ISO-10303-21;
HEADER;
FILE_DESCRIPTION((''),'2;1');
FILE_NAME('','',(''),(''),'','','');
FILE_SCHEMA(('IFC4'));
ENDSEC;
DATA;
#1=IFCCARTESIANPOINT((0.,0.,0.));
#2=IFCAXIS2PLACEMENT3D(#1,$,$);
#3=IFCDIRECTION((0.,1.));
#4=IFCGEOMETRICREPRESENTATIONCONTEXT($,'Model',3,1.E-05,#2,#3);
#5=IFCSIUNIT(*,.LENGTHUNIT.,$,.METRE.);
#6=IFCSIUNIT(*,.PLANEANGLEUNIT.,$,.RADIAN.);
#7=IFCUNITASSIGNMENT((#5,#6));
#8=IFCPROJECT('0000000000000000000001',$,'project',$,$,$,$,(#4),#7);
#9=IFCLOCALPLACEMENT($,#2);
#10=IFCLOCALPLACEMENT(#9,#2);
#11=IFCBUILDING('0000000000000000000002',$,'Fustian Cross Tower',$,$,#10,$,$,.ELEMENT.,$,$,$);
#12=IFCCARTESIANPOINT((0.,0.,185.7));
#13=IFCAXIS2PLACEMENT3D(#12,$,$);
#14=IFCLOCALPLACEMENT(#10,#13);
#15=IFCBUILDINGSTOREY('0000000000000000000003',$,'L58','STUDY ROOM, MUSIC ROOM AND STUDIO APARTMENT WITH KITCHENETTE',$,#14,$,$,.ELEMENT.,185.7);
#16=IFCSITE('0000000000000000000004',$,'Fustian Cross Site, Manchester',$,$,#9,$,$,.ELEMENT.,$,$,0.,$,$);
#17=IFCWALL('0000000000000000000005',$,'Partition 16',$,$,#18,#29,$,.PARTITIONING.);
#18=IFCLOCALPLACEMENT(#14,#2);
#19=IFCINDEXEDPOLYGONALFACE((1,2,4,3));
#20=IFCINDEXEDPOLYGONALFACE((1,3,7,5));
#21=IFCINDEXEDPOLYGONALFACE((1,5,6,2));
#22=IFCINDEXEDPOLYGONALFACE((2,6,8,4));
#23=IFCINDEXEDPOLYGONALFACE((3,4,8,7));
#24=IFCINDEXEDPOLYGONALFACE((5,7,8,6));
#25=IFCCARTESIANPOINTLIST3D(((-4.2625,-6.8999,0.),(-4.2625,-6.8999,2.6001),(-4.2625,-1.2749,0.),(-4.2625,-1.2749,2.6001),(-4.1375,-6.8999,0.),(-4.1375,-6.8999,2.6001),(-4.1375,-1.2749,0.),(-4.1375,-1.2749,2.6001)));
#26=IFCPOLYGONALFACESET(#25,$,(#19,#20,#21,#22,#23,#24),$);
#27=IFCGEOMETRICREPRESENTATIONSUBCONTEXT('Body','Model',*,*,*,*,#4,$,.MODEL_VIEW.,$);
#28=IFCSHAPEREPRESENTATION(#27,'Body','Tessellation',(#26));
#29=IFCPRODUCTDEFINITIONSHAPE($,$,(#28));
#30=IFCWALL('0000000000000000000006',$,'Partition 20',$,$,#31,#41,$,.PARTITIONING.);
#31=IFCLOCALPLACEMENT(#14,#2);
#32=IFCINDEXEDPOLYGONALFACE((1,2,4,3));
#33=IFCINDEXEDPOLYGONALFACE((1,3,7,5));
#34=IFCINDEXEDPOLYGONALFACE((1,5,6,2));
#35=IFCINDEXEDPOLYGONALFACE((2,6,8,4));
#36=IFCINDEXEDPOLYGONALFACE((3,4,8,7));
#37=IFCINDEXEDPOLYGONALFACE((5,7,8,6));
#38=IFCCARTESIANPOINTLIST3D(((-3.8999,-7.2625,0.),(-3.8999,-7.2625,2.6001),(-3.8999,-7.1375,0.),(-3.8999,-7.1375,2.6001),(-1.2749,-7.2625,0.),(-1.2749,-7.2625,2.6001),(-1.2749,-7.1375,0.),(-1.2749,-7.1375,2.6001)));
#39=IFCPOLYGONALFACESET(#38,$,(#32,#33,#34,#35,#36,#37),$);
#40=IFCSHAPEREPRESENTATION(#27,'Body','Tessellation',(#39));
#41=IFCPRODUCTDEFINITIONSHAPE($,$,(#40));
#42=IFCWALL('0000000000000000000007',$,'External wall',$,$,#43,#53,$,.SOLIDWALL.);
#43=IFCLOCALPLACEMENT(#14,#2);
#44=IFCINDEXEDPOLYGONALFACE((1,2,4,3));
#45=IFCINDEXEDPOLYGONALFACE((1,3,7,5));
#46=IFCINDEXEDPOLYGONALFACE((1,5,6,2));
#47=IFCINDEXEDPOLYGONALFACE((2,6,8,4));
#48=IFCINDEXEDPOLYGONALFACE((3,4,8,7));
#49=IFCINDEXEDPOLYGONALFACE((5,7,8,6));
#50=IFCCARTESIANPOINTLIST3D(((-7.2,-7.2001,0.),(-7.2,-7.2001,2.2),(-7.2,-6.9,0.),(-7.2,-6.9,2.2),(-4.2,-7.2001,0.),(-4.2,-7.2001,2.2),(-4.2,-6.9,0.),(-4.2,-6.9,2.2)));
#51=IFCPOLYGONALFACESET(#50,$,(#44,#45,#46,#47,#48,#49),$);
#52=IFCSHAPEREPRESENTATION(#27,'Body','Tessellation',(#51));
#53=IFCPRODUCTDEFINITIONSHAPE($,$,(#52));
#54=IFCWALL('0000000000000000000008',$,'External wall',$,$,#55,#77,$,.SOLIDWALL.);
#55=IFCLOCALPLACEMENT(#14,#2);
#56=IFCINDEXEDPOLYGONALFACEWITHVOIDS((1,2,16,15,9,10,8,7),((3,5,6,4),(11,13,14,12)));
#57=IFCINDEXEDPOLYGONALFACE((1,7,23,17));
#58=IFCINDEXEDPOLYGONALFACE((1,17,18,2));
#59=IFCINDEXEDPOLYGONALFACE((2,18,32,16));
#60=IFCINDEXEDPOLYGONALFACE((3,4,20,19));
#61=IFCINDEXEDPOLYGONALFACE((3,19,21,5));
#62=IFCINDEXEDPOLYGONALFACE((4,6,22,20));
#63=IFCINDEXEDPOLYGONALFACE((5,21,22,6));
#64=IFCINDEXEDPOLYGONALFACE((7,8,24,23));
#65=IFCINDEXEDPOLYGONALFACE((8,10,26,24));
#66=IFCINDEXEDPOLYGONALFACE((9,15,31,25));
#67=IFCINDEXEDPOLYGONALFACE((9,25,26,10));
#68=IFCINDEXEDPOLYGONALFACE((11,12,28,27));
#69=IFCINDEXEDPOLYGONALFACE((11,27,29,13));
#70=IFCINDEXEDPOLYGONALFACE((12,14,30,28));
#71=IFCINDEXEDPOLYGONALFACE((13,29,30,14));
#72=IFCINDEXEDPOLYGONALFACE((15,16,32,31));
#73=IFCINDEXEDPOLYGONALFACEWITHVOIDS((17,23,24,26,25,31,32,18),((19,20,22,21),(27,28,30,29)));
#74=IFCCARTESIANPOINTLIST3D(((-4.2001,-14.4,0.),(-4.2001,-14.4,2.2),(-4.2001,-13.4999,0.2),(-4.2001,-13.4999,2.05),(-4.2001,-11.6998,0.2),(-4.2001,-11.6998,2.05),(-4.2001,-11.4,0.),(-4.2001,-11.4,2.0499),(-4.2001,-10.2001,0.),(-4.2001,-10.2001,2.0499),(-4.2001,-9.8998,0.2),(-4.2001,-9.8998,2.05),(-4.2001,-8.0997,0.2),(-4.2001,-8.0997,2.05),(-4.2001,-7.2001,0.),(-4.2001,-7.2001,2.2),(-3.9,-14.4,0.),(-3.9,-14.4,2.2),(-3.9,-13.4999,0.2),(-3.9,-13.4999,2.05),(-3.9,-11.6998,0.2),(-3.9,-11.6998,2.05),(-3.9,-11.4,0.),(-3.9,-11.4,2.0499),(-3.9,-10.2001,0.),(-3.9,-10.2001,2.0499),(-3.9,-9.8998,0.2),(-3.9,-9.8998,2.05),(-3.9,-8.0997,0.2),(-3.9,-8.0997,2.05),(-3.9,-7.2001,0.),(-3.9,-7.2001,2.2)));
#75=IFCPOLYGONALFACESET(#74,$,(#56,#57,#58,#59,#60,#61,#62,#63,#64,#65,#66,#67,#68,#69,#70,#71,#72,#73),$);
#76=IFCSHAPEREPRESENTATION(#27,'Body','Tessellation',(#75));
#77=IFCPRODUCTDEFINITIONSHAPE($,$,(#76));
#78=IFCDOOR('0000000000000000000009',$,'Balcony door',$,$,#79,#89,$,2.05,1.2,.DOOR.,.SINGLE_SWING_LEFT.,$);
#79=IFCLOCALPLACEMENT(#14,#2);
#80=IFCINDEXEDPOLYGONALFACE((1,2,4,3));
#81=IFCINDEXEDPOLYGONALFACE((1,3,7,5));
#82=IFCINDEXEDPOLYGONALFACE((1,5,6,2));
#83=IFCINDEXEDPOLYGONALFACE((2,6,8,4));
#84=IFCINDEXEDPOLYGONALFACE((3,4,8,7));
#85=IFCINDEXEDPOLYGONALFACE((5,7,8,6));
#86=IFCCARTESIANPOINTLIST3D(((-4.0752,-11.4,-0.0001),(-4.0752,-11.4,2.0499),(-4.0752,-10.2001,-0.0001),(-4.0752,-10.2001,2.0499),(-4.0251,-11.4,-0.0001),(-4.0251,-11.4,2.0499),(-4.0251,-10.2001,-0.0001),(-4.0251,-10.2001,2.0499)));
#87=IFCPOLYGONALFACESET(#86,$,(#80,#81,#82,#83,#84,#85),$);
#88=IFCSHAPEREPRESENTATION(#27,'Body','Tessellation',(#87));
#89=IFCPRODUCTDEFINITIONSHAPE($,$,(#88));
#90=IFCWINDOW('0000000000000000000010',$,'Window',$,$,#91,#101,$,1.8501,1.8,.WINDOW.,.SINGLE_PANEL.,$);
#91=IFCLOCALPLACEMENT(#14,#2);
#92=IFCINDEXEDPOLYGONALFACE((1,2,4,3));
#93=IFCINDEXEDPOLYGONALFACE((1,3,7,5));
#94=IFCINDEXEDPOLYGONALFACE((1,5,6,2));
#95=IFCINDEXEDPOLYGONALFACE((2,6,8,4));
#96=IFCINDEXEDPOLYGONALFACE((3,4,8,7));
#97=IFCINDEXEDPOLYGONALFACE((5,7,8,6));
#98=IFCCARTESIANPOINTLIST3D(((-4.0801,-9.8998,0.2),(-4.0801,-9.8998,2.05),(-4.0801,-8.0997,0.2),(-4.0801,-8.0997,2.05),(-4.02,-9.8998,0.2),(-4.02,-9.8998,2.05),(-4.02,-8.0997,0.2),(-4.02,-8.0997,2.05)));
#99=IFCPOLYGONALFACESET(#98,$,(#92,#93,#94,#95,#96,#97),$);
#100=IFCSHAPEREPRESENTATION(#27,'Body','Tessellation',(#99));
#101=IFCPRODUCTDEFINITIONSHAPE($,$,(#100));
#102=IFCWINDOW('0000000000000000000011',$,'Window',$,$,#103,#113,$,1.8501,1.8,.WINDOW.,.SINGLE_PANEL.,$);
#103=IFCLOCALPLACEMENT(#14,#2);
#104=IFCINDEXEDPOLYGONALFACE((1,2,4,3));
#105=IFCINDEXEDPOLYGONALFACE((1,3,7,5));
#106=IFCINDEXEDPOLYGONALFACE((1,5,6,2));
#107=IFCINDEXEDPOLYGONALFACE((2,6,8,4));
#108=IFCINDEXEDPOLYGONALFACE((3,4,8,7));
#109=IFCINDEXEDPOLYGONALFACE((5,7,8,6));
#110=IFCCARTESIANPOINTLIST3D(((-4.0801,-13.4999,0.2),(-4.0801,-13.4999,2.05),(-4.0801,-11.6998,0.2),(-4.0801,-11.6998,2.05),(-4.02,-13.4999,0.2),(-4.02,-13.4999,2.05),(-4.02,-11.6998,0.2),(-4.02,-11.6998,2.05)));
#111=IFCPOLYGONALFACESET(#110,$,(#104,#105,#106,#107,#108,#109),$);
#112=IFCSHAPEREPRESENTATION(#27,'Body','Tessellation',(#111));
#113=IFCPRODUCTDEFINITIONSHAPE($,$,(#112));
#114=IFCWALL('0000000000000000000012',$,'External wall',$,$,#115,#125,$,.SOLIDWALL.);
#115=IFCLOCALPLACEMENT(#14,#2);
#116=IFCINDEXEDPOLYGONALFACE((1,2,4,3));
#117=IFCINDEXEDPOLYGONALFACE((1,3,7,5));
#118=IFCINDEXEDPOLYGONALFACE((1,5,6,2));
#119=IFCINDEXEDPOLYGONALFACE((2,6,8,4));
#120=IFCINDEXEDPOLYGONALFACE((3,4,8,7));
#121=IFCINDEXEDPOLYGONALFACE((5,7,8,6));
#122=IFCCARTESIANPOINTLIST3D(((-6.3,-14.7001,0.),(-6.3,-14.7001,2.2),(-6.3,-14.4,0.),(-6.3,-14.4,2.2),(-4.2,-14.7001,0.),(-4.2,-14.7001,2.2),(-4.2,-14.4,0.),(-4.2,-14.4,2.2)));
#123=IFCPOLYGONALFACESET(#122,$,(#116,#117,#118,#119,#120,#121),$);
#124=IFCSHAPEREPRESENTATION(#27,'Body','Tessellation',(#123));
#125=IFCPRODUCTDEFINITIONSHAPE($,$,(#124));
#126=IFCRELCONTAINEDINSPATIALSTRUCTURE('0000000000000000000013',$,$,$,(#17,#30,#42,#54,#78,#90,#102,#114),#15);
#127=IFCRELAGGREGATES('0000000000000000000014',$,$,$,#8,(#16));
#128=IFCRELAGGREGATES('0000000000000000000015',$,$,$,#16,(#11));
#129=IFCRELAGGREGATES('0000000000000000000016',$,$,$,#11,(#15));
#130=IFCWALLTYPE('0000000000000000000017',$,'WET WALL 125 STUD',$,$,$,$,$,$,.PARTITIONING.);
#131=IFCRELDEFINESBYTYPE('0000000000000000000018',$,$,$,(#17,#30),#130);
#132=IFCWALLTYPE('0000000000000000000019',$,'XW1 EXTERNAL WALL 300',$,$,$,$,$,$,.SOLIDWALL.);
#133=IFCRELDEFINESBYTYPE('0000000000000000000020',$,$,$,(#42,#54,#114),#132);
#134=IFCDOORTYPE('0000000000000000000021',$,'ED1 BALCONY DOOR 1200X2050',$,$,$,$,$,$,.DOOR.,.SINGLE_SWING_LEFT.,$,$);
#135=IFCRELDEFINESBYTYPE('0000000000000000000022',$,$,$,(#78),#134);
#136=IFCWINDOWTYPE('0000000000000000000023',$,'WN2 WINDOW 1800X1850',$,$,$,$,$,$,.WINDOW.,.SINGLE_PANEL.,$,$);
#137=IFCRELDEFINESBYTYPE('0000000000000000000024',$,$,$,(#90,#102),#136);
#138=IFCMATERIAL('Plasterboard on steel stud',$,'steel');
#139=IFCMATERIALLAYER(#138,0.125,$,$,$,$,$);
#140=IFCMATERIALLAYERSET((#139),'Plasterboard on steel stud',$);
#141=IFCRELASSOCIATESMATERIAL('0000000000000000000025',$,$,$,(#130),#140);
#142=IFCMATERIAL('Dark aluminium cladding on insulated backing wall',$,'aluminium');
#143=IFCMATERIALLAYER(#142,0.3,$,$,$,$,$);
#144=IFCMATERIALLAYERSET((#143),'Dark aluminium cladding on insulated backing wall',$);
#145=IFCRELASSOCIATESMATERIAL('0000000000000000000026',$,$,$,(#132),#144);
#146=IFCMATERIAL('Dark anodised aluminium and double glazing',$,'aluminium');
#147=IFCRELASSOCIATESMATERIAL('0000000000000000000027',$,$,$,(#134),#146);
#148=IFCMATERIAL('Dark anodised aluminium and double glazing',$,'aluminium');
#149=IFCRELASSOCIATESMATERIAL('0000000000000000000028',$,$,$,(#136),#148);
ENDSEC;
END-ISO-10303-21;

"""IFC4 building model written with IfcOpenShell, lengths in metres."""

from ifc_helpers import new_model, si_unit, direction, frame, frame_2d, origin, place, context, subcontext, project, spatial, rectangle, extrude, material, layer, layer_set, type_object, element, fill, save


model = new_model("IFC4")

# Units and contexts
model_context = context("Model", 3, precision=1e-05, world=origin(), true_north=direction((0.0, 1.0)))
body_context = subcontext(model_context, "Body", "Model", "MODEL_VIEW")
ifc_project = project(units=[si_unit("LENGTHUNIT", "METRE"), si_unit("PLANEANGLEUNIT", "RADIAN")], contexts=[model_context])

# Site, building, storey
site_placement = place(None, origin())
site = spatial("IfcSite", under=ifc_project, at=site_placement, Name="Fustian Cross Site, Manchester", CompositionType="ELEMENT", RefElevation=0.0)
building_placement = place(site_placement, origin())
building = spatial("IfcBuilding", under=site, at=building_placement, Name="Fustian Cross Tower", CompositionType="ELEMENT")
storey_placement = place(building_placement, frame((0.0, 0.0, 185.7)))
storey = spatial("IfcBuildingStorey", under=building, at=storey_placement, Name="L58", Description="STUDY ROOM, MUSIC ROOM AND STUDIO APARTMENT WITH KITCHENETTE", CompositionType="ELEMENT", Elevation=185.7)

# Walls
ifc_material_1 = material(Name="Plasterboard on steel stud", Category="steel")
ifc_layer_1 = layer(ifc_material_1, 0.125)
ifc_layer_set_1 = layer_set([ifc_layer_1], Name="Plasterboard on steel stud")
wall_type_1 = type_object("IfcWallType", Name="WET WALL 125 STUD", PredefinedType="PARTITIONING", material=ifc_layer_set_1)
wall_1_placement = place(storey_placement, frame((-4.2, -6.8999, 0.0), z_axis=(0.0, 0.0, 1.0), x_axis=(0.0, 1.0, 0.0)))
element("IfcWall", 1, at=wall_1_placement, inside=storey, type_object=wall_type_1, Name="Partition 16", PredefinedType="PARTITIONING", context=body_context, shape_type="SweptSolid", body=[
    extrude(rectangle(XDim=5.625, YDim=0.125, at=frame_2d((2.8125, 0.0))), origin(), (0.0, 0.0, 1.0), 2.6001),
])
wall_2_placement = place(storey_placement, frame((-3.8999, -7.2, 0.0), z_axis=(0.0, 0.0, 1.0), x_axis=(1.0, 0.0, 0.0)))
element("IfcWall", 2, at=wall_2_placement, inside=storey, type_object=wall_type_1, Name="Partition 20", PredefinedType="PARTITIONING", context=body_context, shape_type="SweptSolid", body=[
    extrude(rectangle(XDim=2.625, YDim=0.125, at=frame_2d((1.3125, 0.0))), origin(), (0.0, 0.0, 1.0), 2.6001),
])
ifc_material_2 = material(Name="Dark aluminium cladding on insulated backing wall", Category="aluminium")
ifc_layer_2 = layer(ifc_material_2, 0.3)
ifc_layer_set_2 = layer_set([ifc_layer_2], Name="Dark aluminium cladding on insulated backing wall")
wall_type_2 = type_object("IfcWallType", Name="XW1 EXTERNAL WALL 300", PredefinedType="SOLIDWALL", material=ifc_layer_set_2)
wall_3_placement = place(storey_placement, frame((-7.2, -7.05, 0.0), z_axis=(0.0, 0.0, 1.0), x_axis=(1.0, 0.0, 0.0)))
element("IfcWall", 3, at=wall_3_placement, inside=storey, type_object=wall_type_2, Name="External wall", PredefinedType="SOLIDWALL", context=body_context, shape_type="SweptSolid", body=[
    extrude(rectangle(XDim=3.0, YDim=0.3, at=frame_2d((1.5, 0.0))), origin(), (0.0, 0.0, 1.0), 2.2),
])

# Wall, openings, door, windows
wall_4_placement = place(storey_placement, frame((-4.05, -7.2, 0.0), z_axis=(0.0, 0.0, 1.0), x_axis=(0.0, -1.0, 0.0)))
wall_4 = element("IfcWall", 4, at=wall_4_placement, inside=storey, type_object=wall_type_2, Name="External wall", PredefinedType="SOLIDWALL", context=body_context, shape_type="SweptSolid", body=[
    extrude(rectangle(XDim=7.2, YDim=0.3, at=frame_2d((3.6001, 0.0))), origin(), (0.0, 0.0, 1.0), 2.2),
])
opening_1_placement = place(wall_4_placement, frame((3.0, 0.0, 0.0)))
opening_1 = element("IfcOpeningElement", 5, at=opening_1_placement, cuts=wall_4, PredefinedType="OPENING", context=body_context, shape_type="SweptSolid", body=[
    extrude(rectangle(XDim=1.2, YDim=2.05, at=frame_2d((0.6001, 1.0249))), frame((0.0, 0.1599, 0.0), z_axis=(0.0, -1.0, 0.0), x_axis=(1.0, 0.0, 0.0)), (0.0, 0.0, 1.0), 0.3201),
])
opening_2_placement = place(wall_4_placement, frame((0.8999, 0.0, 0.2)))
opening_2 = element("IfcOpeningElement", 6, at=opening_2_placement, cuts=wall_4, PredefinedType="OPENING", context=body_context, shape_type="SweptSolid", body=[
    extrude(rectangle(XDim=1.8, YDim=1.8501, at=frame_2d((0.8999, 0.925))), frame((0.0, 0.1599, 0.0), z_axis=(0.0, -1.0, 0.0), x_axis=(1.0, 0.0, 0.0)), (0.0, 0.0, 1.0), 0.3201),
])
opening_3_placement = place(wall_4_placement, frame((4.5, 0.0, 0.2)))
opening_3 = element("IfcOpeningElement", 7, at=opening_3_placement, cuts=wall_4, PredefinedType="OPENING", context=body_context, shape_type="SweptSolid", body=[
    extrude(rectangle(XDim=1.8, YDim=1.8501, at=frame_2d((0.8999, 0.925))), frame((0.0, 0.1599, 0.0), z_axis=(0.0, -1.0, 0.0), x_axis=(1.0, 0.0, 0.0)), (0.0, 0.0, 1.0), 0.3201),
])
ifc_material_3 = material(Name="Dark anodised aluminium and double glazing", Category="aluminium")
door_type_1 = type_object("IfcDoorType", Name="ED1 BALCONY DOOR 1200X2050", OperationType="SINGLE_SWING_LEFT", PredefinedType="DOOR", material=ifc_material_3)
door_1_placement = place(opening_1_placement, origin())
door_1 = element("IfcDoor", 8, at=door_1_placement, inside=storey, type_object=door_type_1, Name="Balcony door", OperationType="SINGLE_SWING_LEFT", OverallHeight=2.05, OverallWidth=1.2, PredefinedType="DOOR", context=body_context, shape_type="SweptSolid", body=[
    extrude(rectangle(XDim=1.2, YDim=2.05, at=frame_2d((0.6001, 1.0249))), frame((0.0, 0.0249, 0.0), z_axis=(0.0, -1.0, 0.0), x_axis=(1.0, 0.0, 0.0)), (0.0, 0.0, 1.0), 0.05),
])
fill(opening_1, door_1)
ifc_material_4 = material(Name="Dark anodised aluminium and double glazing", Category="aluminium")
window_type = type_object("IfcWindowType", Name="WN2 WINDOW 1800X1850", PartitioningType="SINGLE_PANEL", PredefinedType="WINDOW", material=ifc_material_4)
window_1_placement = place(opening_2_placement, origin())
window_1 = element("IfcWindow", 9, at=window_1_placement, inside=storey, type_object=window_type, Name="Window", OverallHeight=1.8501, OverallWidth=1.8, PartitioningType="SINGLE_PANEL", PredefinedType="WINDOW", context=body_context, shape_type="SweptSolid", body=[
    extrude(rectangle(XDim=1.8, YDim=1.8501, at=frame_2d((0.8999, 0.925))), frame((0.0, 0.03, 0.0), z_axis=(0.0, -1.0, 0.0), x_axis=(1.0, 0.0, 0.0)), (0.0, 0.0, 1.0), 0.0601),
])
fill(opening_2, window_1)
window_2_placement = place(opening_3_placement, origin())
window_2 = element("IfcWindow", 10, at=window_2_placement, inside=storey, type_object=window_type, Name="Window", OverallHeight=1.8501, OverallWidth=1.8, PartitioningType="SINGLE_PANEL", PredefinedType="WINDOW", context=body_context, shape_type="SweptSolid", body=[
    extrude(rectangle(XDim=1.8, YDim=1.8501, at=frame_2d((0.8999, 0.925))), frame((0.0, 0.03, 0.0), z_axis=(0.0, -1.0, 0.0), x_axis=(1.0, 0.0, 0.0)), (0.0, 0.0, 1.0), 0.0601),
])
fill(opening_3, window_2)

# Wall
wall_5_placement = place(storey_placement, frame((-4.2, -14.55, 0.0), z_axis=(0.0, 0.0, 1.0), x_axis=(-1.0, 0.0, 0.0)))
element("IfcWall", 11, at=wall_5_placement, inside=storey, type_object=wall_type_2, Name="External wall", PredefinedType="SOLIDWALL", context=body_context, shape_type="SweptSolid", body=[
    extrude(rectangle(XDim=2.1001, YDim=0.3, at=frame_2d((1.05, 0.0))), origin(), (0.0, 0.0, 1.0), 2.2),
])

save(model, "model.ifc")
